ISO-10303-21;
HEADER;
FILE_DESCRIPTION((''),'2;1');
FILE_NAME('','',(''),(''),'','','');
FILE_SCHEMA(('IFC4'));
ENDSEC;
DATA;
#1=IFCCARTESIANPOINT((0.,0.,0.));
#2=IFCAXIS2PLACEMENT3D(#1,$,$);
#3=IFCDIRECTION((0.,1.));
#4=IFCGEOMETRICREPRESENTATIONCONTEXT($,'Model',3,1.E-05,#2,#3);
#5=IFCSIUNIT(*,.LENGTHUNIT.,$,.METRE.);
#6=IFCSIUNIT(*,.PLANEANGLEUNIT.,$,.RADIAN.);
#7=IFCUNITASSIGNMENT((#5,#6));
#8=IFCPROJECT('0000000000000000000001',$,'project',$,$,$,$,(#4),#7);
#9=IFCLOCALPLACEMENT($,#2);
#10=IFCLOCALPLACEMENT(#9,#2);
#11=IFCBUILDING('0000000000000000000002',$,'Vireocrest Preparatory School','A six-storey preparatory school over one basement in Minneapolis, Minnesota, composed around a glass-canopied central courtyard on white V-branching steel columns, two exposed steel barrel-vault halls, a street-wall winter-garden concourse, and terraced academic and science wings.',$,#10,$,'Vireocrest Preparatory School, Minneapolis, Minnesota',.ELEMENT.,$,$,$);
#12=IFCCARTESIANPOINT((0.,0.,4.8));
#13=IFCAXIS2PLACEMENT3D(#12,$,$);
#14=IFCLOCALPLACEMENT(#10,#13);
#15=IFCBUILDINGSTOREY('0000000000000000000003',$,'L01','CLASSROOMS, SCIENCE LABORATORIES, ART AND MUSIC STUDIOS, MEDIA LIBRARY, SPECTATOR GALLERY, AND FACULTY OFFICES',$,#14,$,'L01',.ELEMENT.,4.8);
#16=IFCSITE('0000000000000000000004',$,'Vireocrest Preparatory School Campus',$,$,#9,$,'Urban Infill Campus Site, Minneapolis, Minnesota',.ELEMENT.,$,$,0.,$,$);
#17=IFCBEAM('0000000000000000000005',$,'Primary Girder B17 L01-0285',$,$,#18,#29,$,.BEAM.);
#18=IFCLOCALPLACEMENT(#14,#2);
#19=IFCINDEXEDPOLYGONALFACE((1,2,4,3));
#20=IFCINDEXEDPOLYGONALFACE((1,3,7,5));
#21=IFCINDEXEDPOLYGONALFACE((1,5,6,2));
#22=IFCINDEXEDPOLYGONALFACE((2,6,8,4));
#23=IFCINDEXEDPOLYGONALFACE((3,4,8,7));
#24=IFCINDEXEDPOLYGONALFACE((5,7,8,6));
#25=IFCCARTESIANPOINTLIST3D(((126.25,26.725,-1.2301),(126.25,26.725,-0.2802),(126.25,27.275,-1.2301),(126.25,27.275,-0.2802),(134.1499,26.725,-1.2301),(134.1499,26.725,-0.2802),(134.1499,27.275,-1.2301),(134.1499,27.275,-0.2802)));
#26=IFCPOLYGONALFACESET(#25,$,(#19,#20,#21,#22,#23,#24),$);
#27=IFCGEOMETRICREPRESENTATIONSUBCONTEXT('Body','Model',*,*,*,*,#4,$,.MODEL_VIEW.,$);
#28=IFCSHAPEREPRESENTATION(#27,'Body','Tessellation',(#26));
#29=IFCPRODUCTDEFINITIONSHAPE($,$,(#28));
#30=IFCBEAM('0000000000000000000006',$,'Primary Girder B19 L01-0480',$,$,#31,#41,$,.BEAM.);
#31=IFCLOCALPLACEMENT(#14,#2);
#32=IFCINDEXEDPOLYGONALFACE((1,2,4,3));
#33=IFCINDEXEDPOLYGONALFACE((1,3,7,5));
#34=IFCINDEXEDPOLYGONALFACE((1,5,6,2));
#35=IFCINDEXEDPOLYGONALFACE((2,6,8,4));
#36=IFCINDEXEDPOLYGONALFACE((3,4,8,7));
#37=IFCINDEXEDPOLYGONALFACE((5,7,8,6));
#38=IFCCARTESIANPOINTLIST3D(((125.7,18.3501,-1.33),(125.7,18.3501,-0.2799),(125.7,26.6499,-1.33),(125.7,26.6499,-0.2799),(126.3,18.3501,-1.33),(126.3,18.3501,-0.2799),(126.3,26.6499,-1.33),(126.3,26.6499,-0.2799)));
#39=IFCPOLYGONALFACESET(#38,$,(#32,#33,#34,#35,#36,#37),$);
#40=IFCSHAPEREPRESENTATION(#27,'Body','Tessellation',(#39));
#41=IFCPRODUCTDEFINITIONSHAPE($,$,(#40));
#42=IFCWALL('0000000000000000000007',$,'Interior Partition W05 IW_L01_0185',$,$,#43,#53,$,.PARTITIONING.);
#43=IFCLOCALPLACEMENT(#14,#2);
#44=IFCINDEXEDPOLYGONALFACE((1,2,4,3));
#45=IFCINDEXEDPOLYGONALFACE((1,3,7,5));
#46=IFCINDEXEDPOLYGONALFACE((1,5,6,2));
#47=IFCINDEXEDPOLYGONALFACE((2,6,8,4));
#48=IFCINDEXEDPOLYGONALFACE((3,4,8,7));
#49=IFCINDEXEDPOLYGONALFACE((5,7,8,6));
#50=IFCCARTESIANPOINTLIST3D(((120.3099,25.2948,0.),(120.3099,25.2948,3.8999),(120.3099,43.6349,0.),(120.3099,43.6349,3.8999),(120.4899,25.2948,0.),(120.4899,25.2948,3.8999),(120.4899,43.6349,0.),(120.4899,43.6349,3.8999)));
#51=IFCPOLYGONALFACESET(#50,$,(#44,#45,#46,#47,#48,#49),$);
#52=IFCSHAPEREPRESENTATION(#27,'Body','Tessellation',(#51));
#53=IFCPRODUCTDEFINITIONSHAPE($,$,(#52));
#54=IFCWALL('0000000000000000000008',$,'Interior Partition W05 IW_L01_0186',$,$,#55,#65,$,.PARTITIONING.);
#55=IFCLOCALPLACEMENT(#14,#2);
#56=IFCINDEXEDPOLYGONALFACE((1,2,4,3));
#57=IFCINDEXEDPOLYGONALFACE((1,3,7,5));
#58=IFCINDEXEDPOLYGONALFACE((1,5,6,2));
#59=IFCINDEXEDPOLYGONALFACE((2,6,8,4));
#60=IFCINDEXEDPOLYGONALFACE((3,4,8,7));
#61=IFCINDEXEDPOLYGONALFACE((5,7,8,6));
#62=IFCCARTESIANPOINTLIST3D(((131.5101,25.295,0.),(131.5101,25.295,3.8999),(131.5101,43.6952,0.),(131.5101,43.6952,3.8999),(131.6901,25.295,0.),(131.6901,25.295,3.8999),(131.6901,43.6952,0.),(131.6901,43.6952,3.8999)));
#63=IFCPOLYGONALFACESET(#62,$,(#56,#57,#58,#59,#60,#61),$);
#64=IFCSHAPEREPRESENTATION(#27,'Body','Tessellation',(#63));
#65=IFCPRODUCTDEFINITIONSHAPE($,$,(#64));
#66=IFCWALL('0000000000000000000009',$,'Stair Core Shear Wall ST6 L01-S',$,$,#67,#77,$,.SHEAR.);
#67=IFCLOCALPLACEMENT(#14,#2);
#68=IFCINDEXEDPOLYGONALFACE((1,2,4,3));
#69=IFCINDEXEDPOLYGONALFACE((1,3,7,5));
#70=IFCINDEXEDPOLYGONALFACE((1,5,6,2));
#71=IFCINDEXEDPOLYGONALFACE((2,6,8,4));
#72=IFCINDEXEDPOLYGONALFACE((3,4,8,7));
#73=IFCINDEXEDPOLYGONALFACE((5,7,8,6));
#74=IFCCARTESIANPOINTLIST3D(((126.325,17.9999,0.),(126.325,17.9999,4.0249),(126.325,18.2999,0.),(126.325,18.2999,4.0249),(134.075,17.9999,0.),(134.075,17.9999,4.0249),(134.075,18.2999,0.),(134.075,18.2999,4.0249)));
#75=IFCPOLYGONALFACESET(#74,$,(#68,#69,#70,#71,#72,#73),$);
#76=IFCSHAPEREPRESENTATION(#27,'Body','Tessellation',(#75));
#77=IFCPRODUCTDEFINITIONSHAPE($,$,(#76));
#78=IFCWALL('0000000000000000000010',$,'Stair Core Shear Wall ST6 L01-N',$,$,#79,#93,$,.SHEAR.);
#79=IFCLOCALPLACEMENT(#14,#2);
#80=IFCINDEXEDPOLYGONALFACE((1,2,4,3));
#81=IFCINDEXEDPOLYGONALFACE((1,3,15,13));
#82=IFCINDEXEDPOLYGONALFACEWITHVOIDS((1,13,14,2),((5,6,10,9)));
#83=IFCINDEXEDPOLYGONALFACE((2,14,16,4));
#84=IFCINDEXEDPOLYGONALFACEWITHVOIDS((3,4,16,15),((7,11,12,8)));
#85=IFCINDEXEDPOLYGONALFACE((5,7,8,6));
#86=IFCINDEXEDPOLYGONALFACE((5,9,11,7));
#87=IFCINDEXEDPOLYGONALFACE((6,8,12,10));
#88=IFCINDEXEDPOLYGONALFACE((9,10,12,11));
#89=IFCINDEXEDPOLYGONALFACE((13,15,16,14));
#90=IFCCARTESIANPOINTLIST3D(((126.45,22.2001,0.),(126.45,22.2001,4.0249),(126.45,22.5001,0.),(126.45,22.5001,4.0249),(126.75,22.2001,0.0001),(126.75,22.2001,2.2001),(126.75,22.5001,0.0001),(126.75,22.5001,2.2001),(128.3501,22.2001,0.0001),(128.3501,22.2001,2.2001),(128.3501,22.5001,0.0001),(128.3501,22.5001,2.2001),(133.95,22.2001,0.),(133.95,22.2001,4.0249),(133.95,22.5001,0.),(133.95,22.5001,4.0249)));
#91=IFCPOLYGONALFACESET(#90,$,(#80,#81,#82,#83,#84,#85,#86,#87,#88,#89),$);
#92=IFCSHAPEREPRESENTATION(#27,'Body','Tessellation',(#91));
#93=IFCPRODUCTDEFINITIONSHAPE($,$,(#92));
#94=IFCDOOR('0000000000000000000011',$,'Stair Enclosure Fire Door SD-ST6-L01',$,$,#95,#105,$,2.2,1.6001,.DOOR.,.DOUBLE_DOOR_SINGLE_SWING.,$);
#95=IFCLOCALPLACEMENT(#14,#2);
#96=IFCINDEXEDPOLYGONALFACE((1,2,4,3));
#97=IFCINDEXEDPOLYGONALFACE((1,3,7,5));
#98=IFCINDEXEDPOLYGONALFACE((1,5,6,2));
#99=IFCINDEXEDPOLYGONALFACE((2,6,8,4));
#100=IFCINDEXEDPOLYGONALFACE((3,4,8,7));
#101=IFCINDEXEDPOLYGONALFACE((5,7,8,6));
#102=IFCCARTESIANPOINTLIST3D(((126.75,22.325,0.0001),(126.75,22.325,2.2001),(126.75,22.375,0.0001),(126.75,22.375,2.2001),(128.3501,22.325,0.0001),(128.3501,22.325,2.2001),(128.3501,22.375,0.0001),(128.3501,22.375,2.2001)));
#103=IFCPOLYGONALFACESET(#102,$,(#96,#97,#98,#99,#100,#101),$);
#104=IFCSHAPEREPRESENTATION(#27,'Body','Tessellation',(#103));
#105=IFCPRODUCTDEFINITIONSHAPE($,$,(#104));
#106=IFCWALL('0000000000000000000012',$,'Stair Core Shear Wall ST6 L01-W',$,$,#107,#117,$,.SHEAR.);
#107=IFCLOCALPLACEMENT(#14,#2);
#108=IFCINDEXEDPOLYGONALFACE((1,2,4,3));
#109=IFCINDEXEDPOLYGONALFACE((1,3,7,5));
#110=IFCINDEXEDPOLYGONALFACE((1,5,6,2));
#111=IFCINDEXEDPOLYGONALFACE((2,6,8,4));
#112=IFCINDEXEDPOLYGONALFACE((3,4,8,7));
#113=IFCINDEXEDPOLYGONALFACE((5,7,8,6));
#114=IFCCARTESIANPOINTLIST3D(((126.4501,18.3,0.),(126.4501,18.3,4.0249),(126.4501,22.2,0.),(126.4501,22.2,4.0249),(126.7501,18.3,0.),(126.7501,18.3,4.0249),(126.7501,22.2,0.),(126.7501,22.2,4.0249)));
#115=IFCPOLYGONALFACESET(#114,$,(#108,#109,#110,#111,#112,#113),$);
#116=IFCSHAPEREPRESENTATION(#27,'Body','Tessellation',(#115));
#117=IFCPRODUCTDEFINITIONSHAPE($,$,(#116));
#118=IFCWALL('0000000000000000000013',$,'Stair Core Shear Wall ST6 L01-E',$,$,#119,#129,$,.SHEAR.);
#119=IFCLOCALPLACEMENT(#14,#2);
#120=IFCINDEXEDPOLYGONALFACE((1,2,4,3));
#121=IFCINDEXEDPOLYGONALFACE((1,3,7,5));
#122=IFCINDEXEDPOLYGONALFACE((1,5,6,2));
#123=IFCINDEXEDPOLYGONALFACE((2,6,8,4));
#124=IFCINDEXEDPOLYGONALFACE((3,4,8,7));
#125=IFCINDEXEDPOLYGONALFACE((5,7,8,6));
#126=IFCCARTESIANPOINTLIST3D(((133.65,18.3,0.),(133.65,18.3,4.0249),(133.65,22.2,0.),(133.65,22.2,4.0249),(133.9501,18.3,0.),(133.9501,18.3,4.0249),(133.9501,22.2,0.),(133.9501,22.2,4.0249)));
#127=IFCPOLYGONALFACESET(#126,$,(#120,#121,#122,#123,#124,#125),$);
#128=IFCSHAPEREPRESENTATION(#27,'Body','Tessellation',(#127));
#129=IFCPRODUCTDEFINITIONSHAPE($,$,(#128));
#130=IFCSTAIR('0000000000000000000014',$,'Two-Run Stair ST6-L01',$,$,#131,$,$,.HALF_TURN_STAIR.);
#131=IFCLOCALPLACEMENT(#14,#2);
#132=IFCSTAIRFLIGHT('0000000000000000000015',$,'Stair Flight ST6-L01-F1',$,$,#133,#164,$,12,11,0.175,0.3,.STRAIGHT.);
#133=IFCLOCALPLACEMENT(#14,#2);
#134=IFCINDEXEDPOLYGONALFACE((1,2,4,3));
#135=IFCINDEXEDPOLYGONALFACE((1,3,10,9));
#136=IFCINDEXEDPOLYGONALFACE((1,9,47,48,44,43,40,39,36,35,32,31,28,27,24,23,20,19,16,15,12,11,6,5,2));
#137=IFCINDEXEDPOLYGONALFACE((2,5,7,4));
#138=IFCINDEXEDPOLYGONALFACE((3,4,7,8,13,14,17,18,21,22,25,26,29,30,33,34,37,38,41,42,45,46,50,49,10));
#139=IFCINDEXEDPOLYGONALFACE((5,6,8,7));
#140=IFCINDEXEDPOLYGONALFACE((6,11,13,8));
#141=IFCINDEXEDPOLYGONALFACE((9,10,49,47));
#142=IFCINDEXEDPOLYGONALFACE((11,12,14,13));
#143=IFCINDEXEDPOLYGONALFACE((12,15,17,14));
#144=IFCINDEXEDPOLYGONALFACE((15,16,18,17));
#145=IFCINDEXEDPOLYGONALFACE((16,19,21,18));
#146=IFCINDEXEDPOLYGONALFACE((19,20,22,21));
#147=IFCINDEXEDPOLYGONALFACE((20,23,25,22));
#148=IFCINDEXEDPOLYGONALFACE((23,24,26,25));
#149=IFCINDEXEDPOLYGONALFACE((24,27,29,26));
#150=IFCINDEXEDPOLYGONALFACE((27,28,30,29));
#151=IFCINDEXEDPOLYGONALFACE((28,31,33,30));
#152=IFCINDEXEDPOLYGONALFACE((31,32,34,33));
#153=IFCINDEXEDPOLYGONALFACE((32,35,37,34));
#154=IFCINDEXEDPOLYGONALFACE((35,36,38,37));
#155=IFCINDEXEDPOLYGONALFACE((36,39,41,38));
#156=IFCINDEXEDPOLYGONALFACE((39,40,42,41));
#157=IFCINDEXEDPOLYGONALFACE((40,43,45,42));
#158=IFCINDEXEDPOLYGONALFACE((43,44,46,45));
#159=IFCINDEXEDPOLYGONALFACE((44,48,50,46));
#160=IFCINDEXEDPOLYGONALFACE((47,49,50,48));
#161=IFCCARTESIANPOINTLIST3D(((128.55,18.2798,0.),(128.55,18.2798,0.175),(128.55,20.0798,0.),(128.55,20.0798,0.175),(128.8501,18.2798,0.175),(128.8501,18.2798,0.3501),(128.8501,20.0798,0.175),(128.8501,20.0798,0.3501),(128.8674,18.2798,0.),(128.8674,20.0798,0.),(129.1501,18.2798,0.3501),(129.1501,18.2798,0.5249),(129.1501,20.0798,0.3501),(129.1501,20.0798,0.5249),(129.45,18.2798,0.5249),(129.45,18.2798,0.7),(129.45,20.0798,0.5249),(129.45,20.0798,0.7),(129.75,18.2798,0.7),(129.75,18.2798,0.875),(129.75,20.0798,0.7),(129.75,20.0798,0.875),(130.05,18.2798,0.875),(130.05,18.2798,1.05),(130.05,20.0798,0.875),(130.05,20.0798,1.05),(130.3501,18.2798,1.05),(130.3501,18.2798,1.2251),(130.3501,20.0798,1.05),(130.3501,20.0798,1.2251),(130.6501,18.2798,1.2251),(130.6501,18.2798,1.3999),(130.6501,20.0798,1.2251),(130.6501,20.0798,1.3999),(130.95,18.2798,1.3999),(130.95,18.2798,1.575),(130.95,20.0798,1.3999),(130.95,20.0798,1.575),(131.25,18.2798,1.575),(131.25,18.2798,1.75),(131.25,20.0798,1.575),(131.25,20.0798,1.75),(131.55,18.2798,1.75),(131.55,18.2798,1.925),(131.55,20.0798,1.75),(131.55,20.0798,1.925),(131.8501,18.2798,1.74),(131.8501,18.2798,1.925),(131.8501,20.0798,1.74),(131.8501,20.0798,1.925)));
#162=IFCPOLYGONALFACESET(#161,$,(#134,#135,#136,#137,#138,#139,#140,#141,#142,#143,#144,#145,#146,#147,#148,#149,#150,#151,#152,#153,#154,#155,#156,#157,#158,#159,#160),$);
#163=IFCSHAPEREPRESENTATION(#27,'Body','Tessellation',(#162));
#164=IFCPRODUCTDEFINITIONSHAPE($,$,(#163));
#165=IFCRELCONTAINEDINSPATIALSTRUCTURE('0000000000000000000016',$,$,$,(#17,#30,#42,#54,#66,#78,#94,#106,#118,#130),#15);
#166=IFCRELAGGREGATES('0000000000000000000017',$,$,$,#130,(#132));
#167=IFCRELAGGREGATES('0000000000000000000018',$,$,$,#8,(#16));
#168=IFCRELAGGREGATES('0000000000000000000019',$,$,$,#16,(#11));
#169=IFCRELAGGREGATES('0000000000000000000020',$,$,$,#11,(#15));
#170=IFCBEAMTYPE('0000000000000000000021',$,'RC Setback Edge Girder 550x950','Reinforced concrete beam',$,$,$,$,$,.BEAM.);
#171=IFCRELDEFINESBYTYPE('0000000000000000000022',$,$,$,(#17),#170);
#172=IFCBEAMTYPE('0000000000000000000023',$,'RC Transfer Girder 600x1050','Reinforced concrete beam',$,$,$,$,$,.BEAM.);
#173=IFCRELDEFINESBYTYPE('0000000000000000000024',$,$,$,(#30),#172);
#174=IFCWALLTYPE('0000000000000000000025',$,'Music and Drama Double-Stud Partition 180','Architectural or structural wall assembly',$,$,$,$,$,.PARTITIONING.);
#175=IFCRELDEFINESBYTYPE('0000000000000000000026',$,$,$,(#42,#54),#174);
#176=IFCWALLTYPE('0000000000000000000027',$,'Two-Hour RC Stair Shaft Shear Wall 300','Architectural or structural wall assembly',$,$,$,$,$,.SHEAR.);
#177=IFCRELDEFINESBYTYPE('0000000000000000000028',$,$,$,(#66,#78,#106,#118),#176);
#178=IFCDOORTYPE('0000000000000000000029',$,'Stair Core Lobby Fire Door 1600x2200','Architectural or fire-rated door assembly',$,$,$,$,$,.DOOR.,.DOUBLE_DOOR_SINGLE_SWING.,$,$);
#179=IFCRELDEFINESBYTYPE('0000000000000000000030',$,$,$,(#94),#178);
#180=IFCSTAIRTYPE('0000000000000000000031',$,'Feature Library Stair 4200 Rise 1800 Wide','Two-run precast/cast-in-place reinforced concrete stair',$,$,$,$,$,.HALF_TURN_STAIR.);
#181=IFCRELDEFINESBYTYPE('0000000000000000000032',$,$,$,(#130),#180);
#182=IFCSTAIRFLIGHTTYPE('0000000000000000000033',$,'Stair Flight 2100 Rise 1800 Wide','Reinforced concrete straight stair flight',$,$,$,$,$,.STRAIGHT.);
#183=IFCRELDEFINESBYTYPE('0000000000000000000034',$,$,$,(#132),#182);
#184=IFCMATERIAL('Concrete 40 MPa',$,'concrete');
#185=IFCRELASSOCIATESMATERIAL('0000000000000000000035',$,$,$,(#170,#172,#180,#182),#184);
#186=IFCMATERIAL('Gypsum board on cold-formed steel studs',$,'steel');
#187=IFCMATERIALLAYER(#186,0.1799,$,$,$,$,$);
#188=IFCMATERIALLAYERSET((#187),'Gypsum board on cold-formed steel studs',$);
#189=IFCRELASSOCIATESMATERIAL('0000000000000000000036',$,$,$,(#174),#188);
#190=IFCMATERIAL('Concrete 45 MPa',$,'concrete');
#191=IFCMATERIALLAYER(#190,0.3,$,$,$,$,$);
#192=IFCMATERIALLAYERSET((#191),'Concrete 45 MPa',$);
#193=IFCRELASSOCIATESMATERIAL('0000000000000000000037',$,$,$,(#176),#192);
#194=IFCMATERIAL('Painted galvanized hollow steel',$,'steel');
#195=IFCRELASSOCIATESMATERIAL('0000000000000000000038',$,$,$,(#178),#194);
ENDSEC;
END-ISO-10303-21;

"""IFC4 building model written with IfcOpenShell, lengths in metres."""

from ifc_helpers import new_model, si_unit, direction, frame, frame_2d, origin, origin_2d, place, context, subcontext, project, spatial, polyline, rectangle, outline, extrude, material, layer, layer_set, material_profile, profile_set, type_object, element, fill, aggregate, save


model = new_model("IFC4")

# Units and contexts
model_context = context("Model", 3, precision=1e-05, world=origin(), true_north=direction((0.0, 1.0)))
body_context = subcontext(model_context, "Body", "Model", "MODEL_VIEW")
ifc_project = project(units=[si_unit("LENGTHUNIT", "METRE"), si_unit("PLANEANGLEUNIT", "RADIAN")], contexts=[model_context])

# Site, building, storey
site_placement = place(None, origin())
site = spatial("IfcSite", under=ifc_project, at=site_placement, Name="Vireocrest Preparatory School Campus", LongName="Urban Infill Campus Site, Minneapolis, Minnesota", CompositionType="ELEMENT", RefElevation=0.0)
building_placement = place(site_placement, origin())
building = spatial("IfcBuilding", under=site, at=building_placement, Name="Vireocrest Preparatory School", Description="A six-storey preparatory school over one basement in Minneapolis, Minnesota, composed around a glass-canopied central courtyard on white V-branching steel columns, two exposed steel barrel-vault halls, a street-wall winter-garden concourse, and terraced academic and science wings.", LongName="Vireocrest Preparatory School, Minneapolis, Minnesota", CompositionType="ELEMENT")
storey_placement = place(building_placement, frame((0.0, 0.0, 4.8)))
storey = spatial("IfcBuildingStorey", under=building, at=storey_placement, Name="L01", Description="CLASSROOMS, SCIENCE LABORATORIES, ART AND MUSIC STUDIOS, MEDIA LIBRARY, SPECTATOR GALLERY, AND FACULTY OFFICES", LongName="L01", CompositionType="ELEMENT", Elevation=4.8)

# Shared definitions
ifc_material_1 = material(Name="Concrete 45 MPa", Category="concrete")

# Beams
ifc_material_2 = material(Name="Concrete 40 MPa", Category="concrete")
ifc_material_profile_1 = material_profile(ifc_material_2, rectangle(XDim=0.55, YDim=0.95, at=origin_2d()), Name="RC 550x950")
ifc_profile_set_1 = profile_set([ifc_material_profile_1], Name="Concrete 40 MPa")
beam_type_1 = type_object("IfcBeamType", Name="RC Setback Edge Girder 550x950", Description="Reinforced concrete beam", PredefinedType="BEAM", material=ifc_profile_set_1)
beam_1_placement = place(storey_placement, frame((126.25, 27.0, -0.7551), z_axis=(1.0, 0.0, 0.0), x_axis=(0.0, 1.0, 0.0)))
element("IfcBeam", 1, at=beam_1_placement, inside=storey, type_object=beam_type_1, Name="Primary Girder B17 L01-0285", PredefinedType="BEAM", context=body_context, shape_type="SweptSolid", body=[
    extrude(rectangle(XDim=0.55, YDim=0.95, at=origin_2d()), origin(), (0.0, 0.0, 1.0), 7.8999),
])
ifc_material_profile_2 = material_profile(ifc_material_2, rectangle(XDim=0.6001, YDim=1.05, at=origin_2d()), Name="RC 600x1050")
ifc_profile_set_2 = profile_set([ifc_material_profile_2], Name="Concrete 40 MPa")
beam_type_2 = type_object("IfcBeamType", Name="RC Transfer Girder 600x1050", Description="Reinforced concrete beam", PredefinedType="BEAM", material=ifc_profile_set_2)
beam_2_placement = place(storey_placement, frame((126.0, 18.3501, -0.8049), z_axis=(0.0, 1.0, 0.0), x_axis=(-1.0, 0.0, 0.0)))
element("IfcBeam", 2, at=beam_2_placement, inside=storey, type_object=beam_type_2, Name="Primary Girder B19 L01-0480", PredefinedType="BEAM", context=body_context, shape_type="SweptSolid", body=[
    extrude(rectangle(XDim=0.6001, YDim=1.05, at=origin_2d()), origin(), (0.0, 0.0, 1.0), 8.2998),
])

# Walls
ifc_material_3 = material(Name="Gypsum board on cold-formed steel studs", Category="steel")
ifc_layer_1 = layer(ifc_material_3, 0.1799)
ifc_layer_set_1 = layer_set([ifc_layer_1], Name="Gypsum board on cold-formed steel studs")
wall_type_1 = type_object("IfcWallType", Name="Music and Drama Double-Stud Partition 180", Description="Architectural or structural wall assembly", PredefinedType="PARTITIONING", material=ifc_layer_set_1)
wall_1_placement = place(storey_placement, frame((120.3999, 25.2949, 0.0), z_axis=(0.0, 0.0, 1.0), x_axis=(0.0, 1.0, 0.0)))
element("IfcWall", 3, at=wall_1_placement, inside=storey, type_object=wall_type_1, Name="Interior Partition W05 IW_L01_0185", PredefinedType="PARTITIONING", context=body_context, shape_type="SweptSolid", body=[
    extrude(rectangle(XDim=18.3401, YDim=0.1799, at=frame_2d((9.1699, 0.0))), origin(), (0.0, 0.0, 1.0), 3.8999),
])
wall_2_placement = place(storey_placement, frame((131.6001, 25.2949, 0.0), z_axis=(0.0, 0.0, 1.0), x_axis=(0.0, 1.0, 0.0)))
element("IfcWall", 4, at=wall_2_placement, inside=storey, type_object=wall_type_1, Name="Interior Partition W05 IW_L01_0186", PredefinedType="PARTITIONING", context=body_context, shape_type="SweptSolid", body=[
    extrude(rectangle(XDim=18.4001, YDim=0.1799, at=frame_2d((9.2002, 0.0))), origin(), (0.0, 0.0, 1.0), 3.8999),
])
ifc_layer_2 = layer(ifc_material_1, 0.3)
ifc_layer_set_2 = layer_set([ifc_layer_2], Name="Concrete 45 MPa")
wall_type_2 = type_object("IfcWallType", Name="Two-Hour RC Stair Shaft Shear Wall 300", Description="Architectural or structural wall assembly", PredefinedType="SHEAR", material=ifc_layer_set_2)
wall_3_placement = place(storey_placement, frame((126.325, 18.1499, 0.0), z_axis=(0.0, 0.0, 1.0), x_axis=(1.0, 0.0, 0.0)))
element("IfcWall", 5, at=wall_3_placement, inside=storey, type_object=wall_type_2, Name="Stair Core Shear Wall ST6 L01-S", PredefinedType="SHEAR", context=body_context, shape_type="SweptSolid", body=[
    extrude(rectangle(XDim=7.75, YDim=0.3, at=frame_2d((3.875, 0.0))), origin(), (0.0, 0.0, 1.0), 4.0249),
])

# Wall, opening, door
wall_4_placement = place(storey_placement, frame((126.45, 22.3501, 0.0), z_axis=(0.0, 0.0, 1.0), x_axis=(1.0, 0.0, 0.0)))
wall_4 = element("IfcWall", 6, at=wall_4_placement, inside=storey, type_object=wall_type_2, Name="Stair Core Shear Wall ST6 L01-N", PredefinedType="SHEAR", context=body_context, shape_type="SweptSolid", body=[
    extrude(rectangle(XDim=7.5, YDim=0.3, at=frame_2d((3.75, 0.0))), origin(), (0.0, 0.0, 1.0), 4.0249),
])
opening_placement = place(wall_4_placement, frame((0.3, 0.0, 0.0)))
opening = element("IfcOpeningElement", 7, at=opening_placement, cuts=wall_4, PredefinedType="OPENING", context=body_context, shape_type="SweptSolid", body=[
    extrude(rectangle(XDim=1.6001, YDim=2.2, at=frame_2d((0.8, 1.1001))), frame((0.0, 0.1599, 0.0), z_axis=(0.0, -1.0, 0.0), x_axis=(1.0, 0.0, 0.0)), (0.0, 0.0, 1.0), 0.3201),
])
ifc_material_4 = material(Name="Painted galvanized hollow steel", Category="steel")
door_type = type_object("IfcDoorType", Name="Stair Core Lobby Fire Door 1600x2200", Description="Architectural or fire-rated door assembly", OperationType="DOUBLE_DOOR_SINGLE_SWING", PredefinedType="DOOR", material=ifc_material_4)
door_placement = place(opening_placement, origin())
door = element("IfcDoor", 8, at=door_placement, inside=storey, type_object=door_type, Name="Stair Enclosure Fire Door SD-ST6-L01", OperationType="DOUBLE_DOOR_SINGLE_SWING", OverallHeight=2.2, OverallWidth=1.6001, PredefinedType="DOOR", context=body_context, shape_type="SweptSolid", body=[
    extrude(rectangle(XDim=1.6001, YDim=2.2, at=frame_2d((0.8, 1.1001))), frame((0.0, 0.0249, 0.0), z_axis=(0.0, -1.0, 0.0), x_axis=(1.0, 0.0, 0.0)), (0.0, 0.0, 1.0), 0.05),
])
fill(opening, door)

# Walls
for number, where, z_axis, x_axis, name in (
    (9, (126.6001, 18.3, 0.0), (0.0, 0.0, 1.0), (0.0, 1.0, 0.0), "Stair Core Shear Wall ST6 L01-W"),
    (10, (133.8, 18.3, 0.0), (0.0, 0.0, 1.0), (0.0, 1.0, 0.0), "Stair Core Shear Wall ST6 L01-E"),
):
    element("IfcWall", number, at=place(storey_placement, frame(where, z_axis=z_axis, x_axis=x_axis)), inside=storey, type_object=wall_type_2, Name=name, PredefinedType="SHEAR", context=body_context, shape_type="SweptSolid", body=[
        extrude(rectangle(XDim=3.8999, YDim=0.3, at=frame_2d((1.95, 0.0))), origin(), (0.0, 0.0, 1.0), 4.0249),
    ])

# Stair, stair flight
stair_type = type_object("IfcStairType", Name="Feature Library Stair 4200 Rise 1800 Wide", Description="Two-run precast/cast-in-place reinforced concrete stair", PredefinedType="HALF_TURN_STAIR", material=ifc_material_2)
stair_placement = place(storey_placement, origin())
stair = element("IfcStair", 11, at=stair_placement, inside=storey, type_object=stair_type, Name="Two-Run Stair ST6-L01", PredefinedType="HALF_TURN_STAIR")
stair_flight_type = type_object("IfcStairFlightType", Name="Stair Flight 2100 Rise 1800 Wide", Description="Reinforced concrete straight stair flight", PredefinedType="STRAIGHT", material=ifc_material_2)
stair_flight_1_placement = place(storey_placement, frame((128.55, 19.1799, 0.0), z_axis=(0.0, 0.0, 1.0), x_axis=(1.0, 0.0, 0.0)))
stair_flight_1 = element("IfcStairFlight", 12, at=stair_flight_1_placement, type_object=stair_flight_type, Name="Stair Flight ST6-L01-F1", NumberOfRisers=12, NumberOfTreads=11, PredefinedType="STRAIGHT", RiserHeight=0.175, TreadLength=0.3, context=body_context, shape_type="SweptSolid", body=[
    extrude(outline(polyline([(0.0, 0.0), (0.0, 0.175), (0.3, 0.175), (0.3, 0.3501), (0.6001, 0.3501), (0.6001, 0.5249), (0.8999, 0.5249), (0.8999, 0.7), (1.2, 0.7), (1.2, 0.875), (1.5, 0.875), (1.5, 1.05), (1.8, 1.05), (1.8, 1.2251), (2.1001, 1.2251), (2.1001, 1.3999), (2.3999, 1.3999), (2.3999, 1.575), (2.7, 1.575), (2.7, 1.75), (3.0, 1.75), (3.0, 1.925), (3.3, 1.925), (3.3, 2.1001), (3.3, 1.74), (0.3174, 0.0), (0.0, 0.0)])), frame((0.0, 0.8999, 0.0), z_axis=(0.0, -1.0, 0.0), x_axis=(1.0, 0.0, 0.0)), (0.0, 0.0, 1.0), 1.8),
])
aggregate(stair, [stair_flight_1])

save(model, "model.ifc")
